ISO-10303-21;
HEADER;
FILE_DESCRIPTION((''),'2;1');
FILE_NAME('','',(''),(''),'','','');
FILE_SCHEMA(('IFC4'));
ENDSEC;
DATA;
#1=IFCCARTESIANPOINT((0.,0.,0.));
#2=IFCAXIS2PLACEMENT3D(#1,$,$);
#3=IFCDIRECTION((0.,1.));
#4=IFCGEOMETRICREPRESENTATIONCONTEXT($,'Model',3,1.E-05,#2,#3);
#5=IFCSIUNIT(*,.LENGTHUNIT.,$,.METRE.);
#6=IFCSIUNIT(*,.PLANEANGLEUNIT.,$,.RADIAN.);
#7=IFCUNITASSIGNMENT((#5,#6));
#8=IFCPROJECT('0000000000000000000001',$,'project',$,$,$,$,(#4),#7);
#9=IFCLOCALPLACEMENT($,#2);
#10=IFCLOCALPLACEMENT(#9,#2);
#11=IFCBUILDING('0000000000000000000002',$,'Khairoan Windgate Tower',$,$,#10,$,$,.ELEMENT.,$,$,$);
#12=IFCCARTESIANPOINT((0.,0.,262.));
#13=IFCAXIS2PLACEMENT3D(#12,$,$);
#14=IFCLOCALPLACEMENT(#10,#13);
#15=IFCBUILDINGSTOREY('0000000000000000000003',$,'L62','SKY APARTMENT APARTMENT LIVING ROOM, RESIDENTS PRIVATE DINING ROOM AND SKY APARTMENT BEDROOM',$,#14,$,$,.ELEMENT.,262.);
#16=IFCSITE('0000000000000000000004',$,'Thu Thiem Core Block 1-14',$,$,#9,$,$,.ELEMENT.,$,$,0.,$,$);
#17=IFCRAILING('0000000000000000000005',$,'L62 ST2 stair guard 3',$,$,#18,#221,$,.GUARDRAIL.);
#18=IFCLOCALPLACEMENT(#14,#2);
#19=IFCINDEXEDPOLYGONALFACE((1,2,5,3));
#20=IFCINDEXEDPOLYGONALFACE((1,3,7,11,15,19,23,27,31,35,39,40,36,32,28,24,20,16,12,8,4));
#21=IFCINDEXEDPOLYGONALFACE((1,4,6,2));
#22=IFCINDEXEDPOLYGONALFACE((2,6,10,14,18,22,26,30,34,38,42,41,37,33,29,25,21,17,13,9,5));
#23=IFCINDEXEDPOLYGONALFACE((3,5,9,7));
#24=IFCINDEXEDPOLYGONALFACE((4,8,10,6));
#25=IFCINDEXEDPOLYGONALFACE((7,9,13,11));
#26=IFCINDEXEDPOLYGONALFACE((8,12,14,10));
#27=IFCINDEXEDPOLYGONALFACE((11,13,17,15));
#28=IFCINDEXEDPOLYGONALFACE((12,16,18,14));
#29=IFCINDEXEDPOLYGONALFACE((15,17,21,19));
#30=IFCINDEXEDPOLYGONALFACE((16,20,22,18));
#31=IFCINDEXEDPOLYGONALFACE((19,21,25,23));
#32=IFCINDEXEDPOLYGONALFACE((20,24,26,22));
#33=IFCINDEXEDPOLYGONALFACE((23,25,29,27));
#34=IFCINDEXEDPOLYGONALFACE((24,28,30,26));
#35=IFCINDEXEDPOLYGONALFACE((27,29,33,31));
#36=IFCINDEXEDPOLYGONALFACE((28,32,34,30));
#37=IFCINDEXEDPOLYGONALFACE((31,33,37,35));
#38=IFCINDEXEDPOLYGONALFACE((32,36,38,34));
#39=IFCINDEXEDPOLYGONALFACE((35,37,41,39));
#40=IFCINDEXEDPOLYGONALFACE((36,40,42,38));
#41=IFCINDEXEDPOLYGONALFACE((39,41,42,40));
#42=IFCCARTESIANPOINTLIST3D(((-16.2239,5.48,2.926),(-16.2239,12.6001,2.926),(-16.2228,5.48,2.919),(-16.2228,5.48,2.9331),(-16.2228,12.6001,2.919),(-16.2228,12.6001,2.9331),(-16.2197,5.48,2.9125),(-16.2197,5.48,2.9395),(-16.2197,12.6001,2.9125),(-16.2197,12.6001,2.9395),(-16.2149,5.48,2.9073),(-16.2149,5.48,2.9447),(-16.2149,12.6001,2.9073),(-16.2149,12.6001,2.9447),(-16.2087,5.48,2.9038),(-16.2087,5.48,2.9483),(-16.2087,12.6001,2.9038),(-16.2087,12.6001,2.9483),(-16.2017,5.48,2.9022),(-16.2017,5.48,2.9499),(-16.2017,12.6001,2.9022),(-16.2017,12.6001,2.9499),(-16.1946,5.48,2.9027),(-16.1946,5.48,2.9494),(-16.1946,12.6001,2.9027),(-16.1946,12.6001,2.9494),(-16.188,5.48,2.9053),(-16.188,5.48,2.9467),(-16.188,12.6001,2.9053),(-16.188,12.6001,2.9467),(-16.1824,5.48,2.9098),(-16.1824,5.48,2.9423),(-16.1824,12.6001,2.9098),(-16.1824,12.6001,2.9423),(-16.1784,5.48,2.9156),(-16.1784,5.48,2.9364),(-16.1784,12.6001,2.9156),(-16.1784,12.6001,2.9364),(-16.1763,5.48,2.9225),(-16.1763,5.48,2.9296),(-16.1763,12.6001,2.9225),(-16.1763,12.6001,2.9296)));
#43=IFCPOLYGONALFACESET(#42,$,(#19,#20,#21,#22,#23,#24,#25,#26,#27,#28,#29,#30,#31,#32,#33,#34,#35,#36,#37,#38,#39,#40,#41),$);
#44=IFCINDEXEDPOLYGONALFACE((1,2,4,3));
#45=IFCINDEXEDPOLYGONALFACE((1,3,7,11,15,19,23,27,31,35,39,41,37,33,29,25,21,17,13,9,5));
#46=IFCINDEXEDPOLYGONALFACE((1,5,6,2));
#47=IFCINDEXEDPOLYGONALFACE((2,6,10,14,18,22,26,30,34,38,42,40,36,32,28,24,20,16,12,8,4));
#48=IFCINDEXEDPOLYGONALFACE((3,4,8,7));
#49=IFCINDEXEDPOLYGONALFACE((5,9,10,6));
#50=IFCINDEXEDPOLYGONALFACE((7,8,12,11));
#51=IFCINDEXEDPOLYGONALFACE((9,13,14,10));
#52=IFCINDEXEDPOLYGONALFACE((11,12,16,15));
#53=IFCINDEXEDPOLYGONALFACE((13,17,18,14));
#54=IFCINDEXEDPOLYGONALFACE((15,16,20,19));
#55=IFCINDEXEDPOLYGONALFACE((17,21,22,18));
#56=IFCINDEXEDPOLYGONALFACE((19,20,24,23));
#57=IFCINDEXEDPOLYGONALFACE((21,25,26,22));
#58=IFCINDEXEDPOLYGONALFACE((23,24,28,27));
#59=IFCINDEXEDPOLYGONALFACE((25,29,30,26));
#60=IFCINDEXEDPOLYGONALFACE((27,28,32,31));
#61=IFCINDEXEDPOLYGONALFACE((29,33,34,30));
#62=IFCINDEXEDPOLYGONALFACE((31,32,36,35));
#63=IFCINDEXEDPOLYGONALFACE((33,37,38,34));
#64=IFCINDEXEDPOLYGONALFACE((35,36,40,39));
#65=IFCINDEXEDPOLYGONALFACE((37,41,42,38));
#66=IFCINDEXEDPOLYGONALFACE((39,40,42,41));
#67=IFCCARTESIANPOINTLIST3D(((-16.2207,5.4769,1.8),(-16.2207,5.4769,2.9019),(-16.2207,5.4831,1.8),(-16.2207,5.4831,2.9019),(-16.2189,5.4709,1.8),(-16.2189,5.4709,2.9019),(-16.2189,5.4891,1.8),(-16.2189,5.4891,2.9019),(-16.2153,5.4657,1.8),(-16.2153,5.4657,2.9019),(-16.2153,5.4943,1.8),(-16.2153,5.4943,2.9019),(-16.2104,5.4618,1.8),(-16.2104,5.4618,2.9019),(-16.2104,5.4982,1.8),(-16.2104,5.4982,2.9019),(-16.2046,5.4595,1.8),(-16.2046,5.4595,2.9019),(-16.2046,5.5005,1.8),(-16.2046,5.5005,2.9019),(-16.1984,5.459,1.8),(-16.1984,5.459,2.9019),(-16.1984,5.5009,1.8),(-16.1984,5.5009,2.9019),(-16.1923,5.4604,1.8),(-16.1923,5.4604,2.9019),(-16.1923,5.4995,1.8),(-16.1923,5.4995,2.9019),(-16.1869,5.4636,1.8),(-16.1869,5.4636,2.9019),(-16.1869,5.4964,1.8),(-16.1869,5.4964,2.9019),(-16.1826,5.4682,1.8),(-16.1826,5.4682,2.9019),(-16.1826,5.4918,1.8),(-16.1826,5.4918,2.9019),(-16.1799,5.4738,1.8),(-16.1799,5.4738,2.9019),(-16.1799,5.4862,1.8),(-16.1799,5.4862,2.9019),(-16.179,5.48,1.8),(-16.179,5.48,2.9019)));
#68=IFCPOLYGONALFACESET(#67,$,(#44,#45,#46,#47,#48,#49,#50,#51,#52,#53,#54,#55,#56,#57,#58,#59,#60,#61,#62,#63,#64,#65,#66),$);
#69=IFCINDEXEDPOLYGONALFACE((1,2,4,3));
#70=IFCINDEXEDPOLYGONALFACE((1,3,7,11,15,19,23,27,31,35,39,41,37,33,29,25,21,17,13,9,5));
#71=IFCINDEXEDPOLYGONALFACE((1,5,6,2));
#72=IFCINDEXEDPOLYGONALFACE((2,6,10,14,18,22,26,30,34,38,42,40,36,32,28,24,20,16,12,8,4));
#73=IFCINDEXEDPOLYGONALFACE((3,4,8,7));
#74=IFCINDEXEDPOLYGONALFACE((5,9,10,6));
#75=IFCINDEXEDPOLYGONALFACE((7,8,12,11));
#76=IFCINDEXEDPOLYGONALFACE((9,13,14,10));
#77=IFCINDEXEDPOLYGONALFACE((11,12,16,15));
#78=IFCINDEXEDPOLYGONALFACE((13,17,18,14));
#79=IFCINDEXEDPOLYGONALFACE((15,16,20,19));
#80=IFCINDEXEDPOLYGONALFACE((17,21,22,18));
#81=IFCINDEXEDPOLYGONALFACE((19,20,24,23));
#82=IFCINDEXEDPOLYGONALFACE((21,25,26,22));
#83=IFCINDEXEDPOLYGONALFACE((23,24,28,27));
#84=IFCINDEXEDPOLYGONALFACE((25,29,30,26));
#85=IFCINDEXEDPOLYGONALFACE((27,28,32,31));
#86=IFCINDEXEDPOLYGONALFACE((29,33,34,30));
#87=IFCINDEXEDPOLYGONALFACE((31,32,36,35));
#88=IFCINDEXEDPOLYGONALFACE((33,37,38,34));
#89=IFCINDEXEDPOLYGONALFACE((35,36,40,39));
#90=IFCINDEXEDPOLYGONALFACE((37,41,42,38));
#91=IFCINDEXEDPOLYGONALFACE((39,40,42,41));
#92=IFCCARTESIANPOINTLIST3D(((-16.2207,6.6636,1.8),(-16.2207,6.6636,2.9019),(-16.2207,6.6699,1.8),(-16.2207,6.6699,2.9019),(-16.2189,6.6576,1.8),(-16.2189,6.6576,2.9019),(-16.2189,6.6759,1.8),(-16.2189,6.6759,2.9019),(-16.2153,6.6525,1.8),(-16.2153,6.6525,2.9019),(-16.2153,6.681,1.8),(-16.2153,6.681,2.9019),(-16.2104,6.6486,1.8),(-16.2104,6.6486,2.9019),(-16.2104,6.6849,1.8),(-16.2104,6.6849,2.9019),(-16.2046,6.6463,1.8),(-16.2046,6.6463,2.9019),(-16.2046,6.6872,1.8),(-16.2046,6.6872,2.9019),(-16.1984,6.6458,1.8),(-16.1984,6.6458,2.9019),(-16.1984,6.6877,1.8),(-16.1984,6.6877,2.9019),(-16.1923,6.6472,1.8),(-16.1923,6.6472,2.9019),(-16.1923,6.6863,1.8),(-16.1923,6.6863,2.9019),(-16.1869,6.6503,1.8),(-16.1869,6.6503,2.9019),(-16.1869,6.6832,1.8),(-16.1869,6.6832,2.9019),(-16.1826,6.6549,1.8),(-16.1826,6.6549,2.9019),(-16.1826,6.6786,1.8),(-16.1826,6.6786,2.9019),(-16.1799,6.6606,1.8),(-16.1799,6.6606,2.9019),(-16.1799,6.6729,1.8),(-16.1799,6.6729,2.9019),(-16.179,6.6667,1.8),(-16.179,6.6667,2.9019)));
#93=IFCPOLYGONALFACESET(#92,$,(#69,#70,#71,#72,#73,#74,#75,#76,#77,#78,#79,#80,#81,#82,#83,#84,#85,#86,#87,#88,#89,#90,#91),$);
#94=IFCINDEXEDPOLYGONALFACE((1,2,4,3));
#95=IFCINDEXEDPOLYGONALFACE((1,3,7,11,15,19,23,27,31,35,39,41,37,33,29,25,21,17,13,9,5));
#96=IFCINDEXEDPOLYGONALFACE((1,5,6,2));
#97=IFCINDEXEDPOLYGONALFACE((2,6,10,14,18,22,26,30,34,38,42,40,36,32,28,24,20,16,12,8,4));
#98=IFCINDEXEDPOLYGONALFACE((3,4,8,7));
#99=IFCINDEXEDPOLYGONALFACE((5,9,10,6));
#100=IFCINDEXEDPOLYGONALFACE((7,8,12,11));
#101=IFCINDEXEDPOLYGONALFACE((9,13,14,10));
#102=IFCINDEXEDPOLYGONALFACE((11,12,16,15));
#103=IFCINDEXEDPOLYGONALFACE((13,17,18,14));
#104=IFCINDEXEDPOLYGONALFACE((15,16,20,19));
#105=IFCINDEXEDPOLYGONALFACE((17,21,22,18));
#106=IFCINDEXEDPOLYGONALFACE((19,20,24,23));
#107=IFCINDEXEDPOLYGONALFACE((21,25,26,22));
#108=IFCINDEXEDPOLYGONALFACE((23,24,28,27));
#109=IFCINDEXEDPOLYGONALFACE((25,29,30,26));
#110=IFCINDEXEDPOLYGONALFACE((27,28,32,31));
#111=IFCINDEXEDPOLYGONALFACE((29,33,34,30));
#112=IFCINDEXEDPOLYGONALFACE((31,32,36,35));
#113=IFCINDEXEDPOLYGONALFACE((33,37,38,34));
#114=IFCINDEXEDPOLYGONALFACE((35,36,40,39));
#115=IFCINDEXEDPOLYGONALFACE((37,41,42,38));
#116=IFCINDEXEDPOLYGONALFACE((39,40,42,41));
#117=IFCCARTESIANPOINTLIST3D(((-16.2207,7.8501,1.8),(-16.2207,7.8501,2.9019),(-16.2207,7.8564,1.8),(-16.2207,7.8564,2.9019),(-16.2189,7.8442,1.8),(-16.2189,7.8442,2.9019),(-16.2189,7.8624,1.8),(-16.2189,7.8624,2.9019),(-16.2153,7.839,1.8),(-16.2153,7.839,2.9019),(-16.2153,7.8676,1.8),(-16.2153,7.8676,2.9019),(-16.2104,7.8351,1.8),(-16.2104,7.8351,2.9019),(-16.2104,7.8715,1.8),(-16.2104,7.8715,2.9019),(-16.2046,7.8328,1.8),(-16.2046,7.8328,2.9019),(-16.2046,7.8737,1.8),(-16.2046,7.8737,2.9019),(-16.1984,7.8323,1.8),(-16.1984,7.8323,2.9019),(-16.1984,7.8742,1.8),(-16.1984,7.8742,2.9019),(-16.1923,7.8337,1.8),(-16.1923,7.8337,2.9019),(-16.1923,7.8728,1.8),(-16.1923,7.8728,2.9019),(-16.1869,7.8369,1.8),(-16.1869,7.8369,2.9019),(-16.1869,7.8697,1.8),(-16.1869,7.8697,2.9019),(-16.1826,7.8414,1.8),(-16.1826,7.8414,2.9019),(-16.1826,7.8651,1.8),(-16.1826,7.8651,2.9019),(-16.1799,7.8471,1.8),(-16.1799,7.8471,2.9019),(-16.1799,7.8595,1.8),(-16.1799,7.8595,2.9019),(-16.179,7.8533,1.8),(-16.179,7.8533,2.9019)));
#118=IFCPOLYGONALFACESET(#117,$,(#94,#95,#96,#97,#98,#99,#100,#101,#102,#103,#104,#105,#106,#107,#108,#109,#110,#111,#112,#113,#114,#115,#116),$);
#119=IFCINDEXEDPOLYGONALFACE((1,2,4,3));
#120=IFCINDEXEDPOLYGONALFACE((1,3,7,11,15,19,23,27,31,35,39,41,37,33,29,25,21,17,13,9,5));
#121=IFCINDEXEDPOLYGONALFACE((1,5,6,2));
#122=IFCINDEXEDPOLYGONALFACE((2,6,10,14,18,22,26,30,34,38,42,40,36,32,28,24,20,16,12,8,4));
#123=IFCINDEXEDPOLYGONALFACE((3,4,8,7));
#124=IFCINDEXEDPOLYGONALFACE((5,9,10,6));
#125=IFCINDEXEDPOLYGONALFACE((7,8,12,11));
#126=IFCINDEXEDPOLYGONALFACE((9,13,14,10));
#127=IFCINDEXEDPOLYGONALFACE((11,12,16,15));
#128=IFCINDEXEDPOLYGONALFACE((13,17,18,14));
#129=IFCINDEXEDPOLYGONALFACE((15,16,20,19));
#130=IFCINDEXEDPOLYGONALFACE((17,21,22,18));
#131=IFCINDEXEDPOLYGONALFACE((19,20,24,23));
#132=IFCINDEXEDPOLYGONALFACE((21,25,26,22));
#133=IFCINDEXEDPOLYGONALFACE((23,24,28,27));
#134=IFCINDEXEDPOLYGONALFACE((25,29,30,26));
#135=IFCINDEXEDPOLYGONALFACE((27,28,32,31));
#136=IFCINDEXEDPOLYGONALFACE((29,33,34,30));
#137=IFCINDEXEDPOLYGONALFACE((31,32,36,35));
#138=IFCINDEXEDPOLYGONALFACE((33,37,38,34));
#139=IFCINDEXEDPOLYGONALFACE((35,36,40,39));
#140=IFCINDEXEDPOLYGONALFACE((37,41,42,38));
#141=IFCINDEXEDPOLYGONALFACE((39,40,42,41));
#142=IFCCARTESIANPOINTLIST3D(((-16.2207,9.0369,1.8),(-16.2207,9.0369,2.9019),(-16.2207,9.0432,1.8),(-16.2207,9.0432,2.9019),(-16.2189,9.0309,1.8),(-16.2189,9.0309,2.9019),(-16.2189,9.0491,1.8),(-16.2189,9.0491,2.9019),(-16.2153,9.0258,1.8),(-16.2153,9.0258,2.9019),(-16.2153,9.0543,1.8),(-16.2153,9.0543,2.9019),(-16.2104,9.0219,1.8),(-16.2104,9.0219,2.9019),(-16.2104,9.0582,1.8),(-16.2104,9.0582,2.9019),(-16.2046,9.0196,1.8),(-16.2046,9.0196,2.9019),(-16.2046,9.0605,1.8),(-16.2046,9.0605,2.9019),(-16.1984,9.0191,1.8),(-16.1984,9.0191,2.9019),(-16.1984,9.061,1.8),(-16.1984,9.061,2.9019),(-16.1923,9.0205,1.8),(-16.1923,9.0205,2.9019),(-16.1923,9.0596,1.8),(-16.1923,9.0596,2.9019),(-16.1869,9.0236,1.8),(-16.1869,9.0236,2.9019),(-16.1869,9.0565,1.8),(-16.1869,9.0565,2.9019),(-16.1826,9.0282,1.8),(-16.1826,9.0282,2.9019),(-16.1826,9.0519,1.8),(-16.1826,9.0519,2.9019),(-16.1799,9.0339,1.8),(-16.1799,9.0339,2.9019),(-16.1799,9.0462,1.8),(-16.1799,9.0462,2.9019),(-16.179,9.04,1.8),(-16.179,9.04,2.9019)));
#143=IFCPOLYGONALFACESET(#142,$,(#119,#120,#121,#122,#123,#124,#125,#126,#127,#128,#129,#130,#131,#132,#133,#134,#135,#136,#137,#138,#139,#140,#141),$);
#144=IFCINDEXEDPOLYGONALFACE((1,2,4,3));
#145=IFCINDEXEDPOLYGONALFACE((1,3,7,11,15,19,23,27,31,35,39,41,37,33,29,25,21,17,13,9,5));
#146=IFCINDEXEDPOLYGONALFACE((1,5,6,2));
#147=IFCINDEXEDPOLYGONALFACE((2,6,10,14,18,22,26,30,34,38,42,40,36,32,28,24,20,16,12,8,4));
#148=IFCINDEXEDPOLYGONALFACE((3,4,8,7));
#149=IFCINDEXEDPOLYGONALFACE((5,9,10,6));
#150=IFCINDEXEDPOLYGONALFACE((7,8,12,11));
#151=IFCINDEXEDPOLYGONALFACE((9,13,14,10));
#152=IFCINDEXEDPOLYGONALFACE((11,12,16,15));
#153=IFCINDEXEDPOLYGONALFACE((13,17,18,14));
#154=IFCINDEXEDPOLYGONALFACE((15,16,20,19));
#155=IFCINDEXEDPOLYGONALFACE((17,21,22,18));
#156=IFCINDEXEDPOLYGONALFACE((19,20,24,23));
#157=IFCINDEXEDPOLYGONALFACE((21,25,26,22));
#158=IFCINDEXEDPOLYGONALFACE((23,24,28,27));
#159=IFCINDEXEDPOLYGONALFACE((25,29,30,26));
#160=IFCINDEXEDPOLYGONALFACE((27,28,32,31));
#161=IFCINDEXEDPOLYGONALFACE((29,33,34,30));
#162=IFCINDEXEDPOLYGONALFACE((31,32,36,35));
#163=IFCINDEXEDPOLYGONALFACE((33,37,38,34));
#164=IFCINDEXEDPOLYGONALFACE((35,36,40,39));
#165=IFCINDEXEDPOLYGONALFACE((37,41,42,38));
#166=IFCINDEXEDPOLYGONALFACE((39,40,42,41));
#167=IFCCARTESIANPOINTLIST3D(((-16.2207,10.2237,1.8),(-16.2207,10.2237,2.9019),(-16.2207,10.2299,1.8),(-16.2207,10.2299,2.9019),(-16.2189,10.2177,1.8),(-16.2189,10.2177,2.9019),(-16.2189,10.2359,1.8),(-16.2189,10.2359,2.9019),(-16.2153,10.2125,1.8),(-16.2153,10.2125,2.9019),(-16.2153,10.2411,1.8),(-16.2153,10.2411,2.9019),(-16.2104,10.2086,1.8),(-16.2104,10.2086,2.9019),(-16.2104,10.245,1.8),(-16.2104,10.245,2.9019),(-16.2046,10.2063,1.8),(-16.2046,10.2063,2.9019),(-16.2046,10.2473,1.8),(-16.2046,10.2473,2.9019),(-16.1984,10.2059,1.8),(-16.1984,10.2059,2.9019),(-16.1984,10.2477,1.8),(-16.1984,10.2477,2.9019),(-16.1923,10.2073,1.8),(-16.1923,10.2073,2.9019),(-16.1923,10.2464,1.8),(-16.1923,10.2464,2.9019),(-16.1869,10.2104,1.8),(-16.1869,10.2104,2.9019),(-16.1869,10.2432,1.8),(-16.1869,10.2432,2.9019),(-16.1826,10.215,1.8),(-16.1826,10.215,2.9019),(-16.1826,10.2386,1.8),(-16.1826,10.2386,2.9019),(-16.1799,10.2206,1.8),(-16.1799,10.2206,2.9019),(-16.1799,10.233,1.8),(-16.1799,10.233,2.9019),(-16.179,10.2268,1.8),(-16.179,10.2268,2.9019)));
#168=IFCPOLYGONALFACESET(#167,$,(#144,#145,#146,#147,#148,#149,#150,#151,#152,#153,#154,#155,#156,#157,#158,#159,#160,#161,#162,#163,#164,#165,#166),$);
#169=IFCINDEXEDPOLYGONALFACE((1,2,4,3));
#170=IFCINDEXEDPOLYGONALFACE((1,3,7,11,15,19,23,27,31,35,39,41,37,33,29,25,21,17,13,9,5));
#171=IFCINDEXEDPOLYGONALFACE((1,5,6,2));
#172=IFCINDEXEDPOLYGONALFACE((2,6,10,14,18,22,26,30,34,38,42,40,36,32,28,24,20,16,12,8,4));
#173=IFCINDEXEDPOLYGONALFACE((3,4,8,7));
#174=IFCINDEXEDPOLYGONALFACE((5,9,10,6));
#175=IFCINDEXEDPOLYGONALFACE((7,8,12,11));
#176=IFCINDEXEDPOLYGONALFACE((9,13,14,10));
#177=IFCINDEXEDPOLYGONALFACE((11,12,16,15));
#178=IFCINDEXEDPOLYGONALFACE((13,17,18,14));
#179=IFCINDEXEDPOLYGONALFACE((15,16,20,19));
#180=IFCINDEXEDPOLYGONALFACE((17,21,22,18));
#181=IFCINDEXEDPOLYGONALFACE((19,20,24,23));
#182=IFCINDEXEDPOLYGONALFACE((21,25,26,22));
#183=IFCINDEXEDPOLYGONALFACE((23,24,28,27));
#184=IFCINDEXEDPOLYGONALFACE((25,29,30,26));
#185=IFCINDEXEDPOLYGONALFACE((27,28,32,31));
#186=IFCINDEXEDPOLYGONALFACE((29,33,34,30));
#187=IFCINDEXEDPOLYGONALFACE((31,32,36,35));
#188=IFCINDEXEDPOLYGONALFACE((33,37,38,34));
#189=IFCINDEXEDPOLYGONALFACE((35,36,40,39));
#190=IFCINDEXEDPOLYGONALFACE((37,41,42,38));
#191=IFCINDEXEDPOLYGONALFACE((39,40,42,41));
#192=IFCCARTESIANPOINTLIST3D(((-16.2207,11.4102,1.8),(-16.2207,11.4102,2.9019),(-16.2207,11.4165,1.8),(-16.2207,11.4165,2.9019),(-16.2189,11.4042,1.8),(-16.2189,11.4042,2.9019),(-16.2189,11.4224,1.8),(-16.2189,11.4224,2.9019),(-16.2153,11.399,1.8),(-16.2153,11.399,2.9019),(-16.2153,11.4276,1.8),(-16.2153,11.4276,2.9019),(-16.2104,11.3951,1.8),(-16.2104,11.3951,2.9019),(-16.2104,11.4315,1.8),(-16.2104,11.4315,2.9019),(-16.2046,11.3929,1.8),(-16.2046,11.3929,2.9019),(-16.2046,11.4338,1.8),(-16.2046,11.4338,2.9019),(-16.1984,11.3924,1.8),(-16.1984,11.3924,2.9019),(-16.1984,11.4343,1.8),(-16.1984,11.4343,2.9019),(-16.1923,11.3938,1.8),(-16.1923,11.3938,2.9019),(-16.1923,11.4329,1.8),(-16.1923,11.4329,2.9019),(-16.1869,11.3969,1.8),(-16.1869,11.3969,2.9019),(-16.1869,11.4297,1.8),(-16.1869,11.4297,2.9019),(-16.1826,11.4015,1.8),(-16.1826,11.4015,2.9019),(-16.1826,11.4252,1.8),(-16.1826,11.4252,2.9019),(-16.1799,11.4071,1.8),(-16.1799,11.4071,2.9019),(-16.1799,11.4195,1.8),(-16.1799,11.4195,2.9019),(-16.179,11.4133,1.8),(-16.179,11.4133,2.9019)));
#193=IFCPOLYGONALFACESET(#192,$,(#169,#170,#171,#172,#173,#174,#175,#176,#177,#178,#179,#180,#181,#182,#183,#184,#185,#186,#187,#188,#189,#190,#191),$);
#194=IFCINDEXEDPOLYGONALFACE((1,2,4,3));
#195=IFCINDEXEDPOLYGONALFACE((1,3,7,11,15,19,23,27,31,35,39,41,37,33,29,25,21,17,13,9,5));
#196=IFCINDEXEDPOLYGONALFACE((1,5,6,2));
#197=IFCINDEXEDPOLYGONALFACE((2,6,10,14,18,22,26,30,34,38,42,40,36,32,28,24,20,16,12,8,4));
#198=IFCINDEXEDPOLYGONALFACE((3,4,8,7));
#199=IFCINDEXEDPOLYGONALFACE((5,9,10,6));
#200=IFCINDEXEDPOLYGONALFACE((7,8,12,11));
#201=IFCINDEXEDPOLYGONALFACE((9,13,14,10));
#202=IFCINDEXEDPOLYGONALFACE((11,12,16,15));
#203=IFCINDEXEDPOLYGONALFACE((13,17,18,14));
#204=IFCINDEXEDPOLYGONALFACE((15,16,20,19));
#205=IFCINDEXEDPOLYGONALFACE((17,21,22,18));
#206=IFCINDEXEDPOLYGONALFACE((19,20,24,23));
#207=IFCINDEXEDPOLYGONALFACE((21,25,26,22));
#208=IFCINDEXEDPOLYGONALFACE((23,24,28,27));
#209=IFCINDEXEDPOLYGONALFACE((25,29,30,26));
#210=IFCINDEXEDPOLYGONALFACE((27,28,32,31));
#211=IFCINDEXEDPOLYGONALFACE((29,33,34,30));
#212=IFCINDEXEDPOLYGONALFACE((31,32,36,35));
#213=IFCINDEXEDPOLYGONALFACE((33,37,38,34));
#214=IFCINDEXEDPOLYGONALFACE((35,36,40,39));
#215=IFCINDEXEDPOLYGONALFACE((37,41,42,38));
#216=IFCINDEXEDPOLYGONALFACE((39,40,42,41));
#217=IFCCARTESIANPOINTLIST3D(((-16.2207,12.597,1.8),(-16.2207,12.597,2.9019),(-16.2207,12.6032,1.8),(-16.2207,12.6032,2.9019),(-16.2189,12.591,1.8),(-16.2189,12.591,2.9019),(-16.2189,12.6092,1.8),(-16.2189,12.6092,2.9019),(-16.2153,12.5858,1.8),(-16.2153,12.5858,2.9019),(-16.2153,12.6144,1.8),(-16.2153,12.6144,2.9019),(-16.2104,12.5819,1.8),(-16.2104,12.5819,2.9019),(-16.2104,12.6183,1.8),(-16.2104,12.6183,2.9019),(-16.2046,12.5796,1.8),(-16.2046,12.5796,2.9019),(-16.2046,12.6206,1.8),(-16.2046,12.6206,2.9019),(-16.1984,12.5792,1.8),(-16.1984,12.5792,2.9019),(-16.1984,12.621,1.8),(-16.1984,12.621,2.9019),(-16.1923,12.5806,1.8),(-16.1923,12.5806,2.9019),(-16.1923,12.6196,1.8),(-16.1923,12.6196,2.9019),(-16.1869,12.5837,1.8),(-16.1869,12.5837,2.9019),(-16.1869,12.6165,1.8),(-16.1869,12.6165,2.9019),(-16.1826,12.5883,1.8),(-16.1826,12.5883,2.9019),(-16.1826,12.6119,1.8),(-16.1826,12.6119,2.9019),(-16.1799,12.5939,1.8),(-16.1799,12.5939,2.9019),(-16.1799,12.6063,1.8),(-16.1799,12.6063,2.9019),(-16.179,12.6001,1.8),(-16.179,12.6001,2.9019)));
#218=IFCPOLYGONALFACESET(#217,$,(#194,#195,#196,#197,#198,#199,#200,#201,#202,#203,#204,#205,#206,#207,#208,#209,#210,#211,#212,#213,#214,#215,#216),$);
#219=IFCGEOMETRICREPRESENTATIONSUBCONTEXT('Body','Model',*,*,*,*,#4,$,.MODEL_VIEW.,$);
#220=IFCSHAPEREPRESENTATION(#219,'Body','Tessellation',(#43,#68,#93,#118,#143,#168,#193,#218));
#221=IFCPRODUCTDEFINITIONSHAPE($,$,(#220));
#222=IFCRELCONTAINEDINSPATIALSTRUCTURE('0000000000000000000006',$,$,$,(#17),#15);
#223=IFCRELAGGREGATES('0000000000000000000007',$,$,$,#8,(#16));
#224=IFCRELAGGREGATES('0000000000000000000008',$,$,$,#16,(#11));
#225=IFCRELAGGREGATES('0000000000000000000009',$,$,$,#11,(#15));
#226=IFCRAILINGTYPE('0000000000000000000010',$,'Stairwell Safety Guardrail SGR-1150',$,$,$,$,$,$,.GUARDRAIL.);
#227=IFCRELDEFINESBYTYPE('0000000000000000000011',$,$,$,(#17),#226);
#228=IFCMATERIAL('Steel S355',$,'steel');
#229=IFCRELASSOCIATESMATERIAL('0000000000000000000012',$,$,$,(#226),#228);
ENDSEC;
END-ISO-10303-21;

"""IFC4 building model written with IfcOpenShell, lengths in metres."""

from ifc_helpers import new_model, si_unit, direction, frame, origin, origin_2d, place, context, subcontext, project, spatial, circle, extrude, material, type_object, element, save


model = new_model("IFC4")

# Units and contexts
model_context = context("Model", 3, precision=1e-05, world=origin(), true_north=direction((0.0, 1.0)))
body_context = subcontext(model_context, "Body", "Model", "MODEL_VIEW")
ifc_project = project(units=[si_unit("LENGTHUNIT", "METRE"), si_unit("PLANEANGLEUNIT", "RADIAN")], contexts=[model_context])

# Site, building, storey
site_placement = place(None, origin())
site = spatial("IfcSite", under=ifc_project, at=site_placement, Name="Thu Thiem Core Block 1-14", CompositionType="ELEMENT", RefElevation=0.0)
building_placement = place(site_placement, origin())
building = spatial("IfcBuilding", under=site, at=building_placement, Name="Khairoan Windgate Tower", CompositionType="ELEMENT")
storey_placement = place(building_placement, frame((0.0, 0.0, 262.0)))
storey = spatial("IfcBuildingStorey", under=building, at=storey_placement, Name="L62", Description="SKY APARTMENT APARTMENT LIVING ROOM, RESIDENTS PRIVATE DINING ROOM AND SKY APARTMENT BEDROOM", CompositionType="ELEMENT", Elevation=262.0)

# Railing
ifc_material_1 = material(Name="Steel S355", Category="steel")
railing_type_1 = type_object("IfcRailingType", Name="Stairwell Safety Guardrail SGR-1150", PredefinedType="GUARDRAIL", material=ifc_material_1)
railing_1_placement = place(storey_placement, frame((-16.2, 5.48, 1.8)))
element("IfcRailing", 1, at=railing_1_placement, inside=storey, type_object=railing_type_1, Name="L62 ST2 stair guard 3", PredefinedType="GUARDRAIL", context=body_context, shape_type="SweptSolid", body=[
    extrude(circle(Radius=0.0239, at=origin_2d()), frame((0.0, 0.0, 1.126), z_axis=(0.0, 1.0, 0.0), x_axis=(-1.0, 0.0, 0.0)), (0.0, 0.0, 1.0), 7.1201),
    extrude(circle(Radius=0.021, at=origin_2d()), origin(), (0.0, 0.0, 1.0), 1.1018),
    extrude(circle(Radius=0.021, at=origin_2d()), frame((0.0, 1.1868, 0.0)), (0.0, 0.0, 1.0), 1.1018),
    extrude(circle(Radius=0.021, at=origin_2d()), frame((0.0, 2.3733, 0.0)), (0.0, 0.0, 1.0), 1.1018),
    extrude(circle(Radius=0.021, at=origin_2d()), frame((0.0, 3.5601, 0.0)), (0.0, 0.0, 1.0), 1.1018),
    extrude(circle(Radius=0.021, at=origin_2d()), frame((0.0, 4.7468, 0.0)), (0.0, 0.0, 1.0), 1.1018),
    extrude(circle(Radius=0.021, at=origin_2d()), frame((0.0, 5.9333, 0.0)), (0.0, 0.0, 1.0), 1.1018),
    extrude(circle(Radius=0.021, at=origin_2d()), frame((0.0, 7.1201, 0.0)), (0.0, 0.0, 1.0), 1.1018),
])

save(model, "model.ifc")
